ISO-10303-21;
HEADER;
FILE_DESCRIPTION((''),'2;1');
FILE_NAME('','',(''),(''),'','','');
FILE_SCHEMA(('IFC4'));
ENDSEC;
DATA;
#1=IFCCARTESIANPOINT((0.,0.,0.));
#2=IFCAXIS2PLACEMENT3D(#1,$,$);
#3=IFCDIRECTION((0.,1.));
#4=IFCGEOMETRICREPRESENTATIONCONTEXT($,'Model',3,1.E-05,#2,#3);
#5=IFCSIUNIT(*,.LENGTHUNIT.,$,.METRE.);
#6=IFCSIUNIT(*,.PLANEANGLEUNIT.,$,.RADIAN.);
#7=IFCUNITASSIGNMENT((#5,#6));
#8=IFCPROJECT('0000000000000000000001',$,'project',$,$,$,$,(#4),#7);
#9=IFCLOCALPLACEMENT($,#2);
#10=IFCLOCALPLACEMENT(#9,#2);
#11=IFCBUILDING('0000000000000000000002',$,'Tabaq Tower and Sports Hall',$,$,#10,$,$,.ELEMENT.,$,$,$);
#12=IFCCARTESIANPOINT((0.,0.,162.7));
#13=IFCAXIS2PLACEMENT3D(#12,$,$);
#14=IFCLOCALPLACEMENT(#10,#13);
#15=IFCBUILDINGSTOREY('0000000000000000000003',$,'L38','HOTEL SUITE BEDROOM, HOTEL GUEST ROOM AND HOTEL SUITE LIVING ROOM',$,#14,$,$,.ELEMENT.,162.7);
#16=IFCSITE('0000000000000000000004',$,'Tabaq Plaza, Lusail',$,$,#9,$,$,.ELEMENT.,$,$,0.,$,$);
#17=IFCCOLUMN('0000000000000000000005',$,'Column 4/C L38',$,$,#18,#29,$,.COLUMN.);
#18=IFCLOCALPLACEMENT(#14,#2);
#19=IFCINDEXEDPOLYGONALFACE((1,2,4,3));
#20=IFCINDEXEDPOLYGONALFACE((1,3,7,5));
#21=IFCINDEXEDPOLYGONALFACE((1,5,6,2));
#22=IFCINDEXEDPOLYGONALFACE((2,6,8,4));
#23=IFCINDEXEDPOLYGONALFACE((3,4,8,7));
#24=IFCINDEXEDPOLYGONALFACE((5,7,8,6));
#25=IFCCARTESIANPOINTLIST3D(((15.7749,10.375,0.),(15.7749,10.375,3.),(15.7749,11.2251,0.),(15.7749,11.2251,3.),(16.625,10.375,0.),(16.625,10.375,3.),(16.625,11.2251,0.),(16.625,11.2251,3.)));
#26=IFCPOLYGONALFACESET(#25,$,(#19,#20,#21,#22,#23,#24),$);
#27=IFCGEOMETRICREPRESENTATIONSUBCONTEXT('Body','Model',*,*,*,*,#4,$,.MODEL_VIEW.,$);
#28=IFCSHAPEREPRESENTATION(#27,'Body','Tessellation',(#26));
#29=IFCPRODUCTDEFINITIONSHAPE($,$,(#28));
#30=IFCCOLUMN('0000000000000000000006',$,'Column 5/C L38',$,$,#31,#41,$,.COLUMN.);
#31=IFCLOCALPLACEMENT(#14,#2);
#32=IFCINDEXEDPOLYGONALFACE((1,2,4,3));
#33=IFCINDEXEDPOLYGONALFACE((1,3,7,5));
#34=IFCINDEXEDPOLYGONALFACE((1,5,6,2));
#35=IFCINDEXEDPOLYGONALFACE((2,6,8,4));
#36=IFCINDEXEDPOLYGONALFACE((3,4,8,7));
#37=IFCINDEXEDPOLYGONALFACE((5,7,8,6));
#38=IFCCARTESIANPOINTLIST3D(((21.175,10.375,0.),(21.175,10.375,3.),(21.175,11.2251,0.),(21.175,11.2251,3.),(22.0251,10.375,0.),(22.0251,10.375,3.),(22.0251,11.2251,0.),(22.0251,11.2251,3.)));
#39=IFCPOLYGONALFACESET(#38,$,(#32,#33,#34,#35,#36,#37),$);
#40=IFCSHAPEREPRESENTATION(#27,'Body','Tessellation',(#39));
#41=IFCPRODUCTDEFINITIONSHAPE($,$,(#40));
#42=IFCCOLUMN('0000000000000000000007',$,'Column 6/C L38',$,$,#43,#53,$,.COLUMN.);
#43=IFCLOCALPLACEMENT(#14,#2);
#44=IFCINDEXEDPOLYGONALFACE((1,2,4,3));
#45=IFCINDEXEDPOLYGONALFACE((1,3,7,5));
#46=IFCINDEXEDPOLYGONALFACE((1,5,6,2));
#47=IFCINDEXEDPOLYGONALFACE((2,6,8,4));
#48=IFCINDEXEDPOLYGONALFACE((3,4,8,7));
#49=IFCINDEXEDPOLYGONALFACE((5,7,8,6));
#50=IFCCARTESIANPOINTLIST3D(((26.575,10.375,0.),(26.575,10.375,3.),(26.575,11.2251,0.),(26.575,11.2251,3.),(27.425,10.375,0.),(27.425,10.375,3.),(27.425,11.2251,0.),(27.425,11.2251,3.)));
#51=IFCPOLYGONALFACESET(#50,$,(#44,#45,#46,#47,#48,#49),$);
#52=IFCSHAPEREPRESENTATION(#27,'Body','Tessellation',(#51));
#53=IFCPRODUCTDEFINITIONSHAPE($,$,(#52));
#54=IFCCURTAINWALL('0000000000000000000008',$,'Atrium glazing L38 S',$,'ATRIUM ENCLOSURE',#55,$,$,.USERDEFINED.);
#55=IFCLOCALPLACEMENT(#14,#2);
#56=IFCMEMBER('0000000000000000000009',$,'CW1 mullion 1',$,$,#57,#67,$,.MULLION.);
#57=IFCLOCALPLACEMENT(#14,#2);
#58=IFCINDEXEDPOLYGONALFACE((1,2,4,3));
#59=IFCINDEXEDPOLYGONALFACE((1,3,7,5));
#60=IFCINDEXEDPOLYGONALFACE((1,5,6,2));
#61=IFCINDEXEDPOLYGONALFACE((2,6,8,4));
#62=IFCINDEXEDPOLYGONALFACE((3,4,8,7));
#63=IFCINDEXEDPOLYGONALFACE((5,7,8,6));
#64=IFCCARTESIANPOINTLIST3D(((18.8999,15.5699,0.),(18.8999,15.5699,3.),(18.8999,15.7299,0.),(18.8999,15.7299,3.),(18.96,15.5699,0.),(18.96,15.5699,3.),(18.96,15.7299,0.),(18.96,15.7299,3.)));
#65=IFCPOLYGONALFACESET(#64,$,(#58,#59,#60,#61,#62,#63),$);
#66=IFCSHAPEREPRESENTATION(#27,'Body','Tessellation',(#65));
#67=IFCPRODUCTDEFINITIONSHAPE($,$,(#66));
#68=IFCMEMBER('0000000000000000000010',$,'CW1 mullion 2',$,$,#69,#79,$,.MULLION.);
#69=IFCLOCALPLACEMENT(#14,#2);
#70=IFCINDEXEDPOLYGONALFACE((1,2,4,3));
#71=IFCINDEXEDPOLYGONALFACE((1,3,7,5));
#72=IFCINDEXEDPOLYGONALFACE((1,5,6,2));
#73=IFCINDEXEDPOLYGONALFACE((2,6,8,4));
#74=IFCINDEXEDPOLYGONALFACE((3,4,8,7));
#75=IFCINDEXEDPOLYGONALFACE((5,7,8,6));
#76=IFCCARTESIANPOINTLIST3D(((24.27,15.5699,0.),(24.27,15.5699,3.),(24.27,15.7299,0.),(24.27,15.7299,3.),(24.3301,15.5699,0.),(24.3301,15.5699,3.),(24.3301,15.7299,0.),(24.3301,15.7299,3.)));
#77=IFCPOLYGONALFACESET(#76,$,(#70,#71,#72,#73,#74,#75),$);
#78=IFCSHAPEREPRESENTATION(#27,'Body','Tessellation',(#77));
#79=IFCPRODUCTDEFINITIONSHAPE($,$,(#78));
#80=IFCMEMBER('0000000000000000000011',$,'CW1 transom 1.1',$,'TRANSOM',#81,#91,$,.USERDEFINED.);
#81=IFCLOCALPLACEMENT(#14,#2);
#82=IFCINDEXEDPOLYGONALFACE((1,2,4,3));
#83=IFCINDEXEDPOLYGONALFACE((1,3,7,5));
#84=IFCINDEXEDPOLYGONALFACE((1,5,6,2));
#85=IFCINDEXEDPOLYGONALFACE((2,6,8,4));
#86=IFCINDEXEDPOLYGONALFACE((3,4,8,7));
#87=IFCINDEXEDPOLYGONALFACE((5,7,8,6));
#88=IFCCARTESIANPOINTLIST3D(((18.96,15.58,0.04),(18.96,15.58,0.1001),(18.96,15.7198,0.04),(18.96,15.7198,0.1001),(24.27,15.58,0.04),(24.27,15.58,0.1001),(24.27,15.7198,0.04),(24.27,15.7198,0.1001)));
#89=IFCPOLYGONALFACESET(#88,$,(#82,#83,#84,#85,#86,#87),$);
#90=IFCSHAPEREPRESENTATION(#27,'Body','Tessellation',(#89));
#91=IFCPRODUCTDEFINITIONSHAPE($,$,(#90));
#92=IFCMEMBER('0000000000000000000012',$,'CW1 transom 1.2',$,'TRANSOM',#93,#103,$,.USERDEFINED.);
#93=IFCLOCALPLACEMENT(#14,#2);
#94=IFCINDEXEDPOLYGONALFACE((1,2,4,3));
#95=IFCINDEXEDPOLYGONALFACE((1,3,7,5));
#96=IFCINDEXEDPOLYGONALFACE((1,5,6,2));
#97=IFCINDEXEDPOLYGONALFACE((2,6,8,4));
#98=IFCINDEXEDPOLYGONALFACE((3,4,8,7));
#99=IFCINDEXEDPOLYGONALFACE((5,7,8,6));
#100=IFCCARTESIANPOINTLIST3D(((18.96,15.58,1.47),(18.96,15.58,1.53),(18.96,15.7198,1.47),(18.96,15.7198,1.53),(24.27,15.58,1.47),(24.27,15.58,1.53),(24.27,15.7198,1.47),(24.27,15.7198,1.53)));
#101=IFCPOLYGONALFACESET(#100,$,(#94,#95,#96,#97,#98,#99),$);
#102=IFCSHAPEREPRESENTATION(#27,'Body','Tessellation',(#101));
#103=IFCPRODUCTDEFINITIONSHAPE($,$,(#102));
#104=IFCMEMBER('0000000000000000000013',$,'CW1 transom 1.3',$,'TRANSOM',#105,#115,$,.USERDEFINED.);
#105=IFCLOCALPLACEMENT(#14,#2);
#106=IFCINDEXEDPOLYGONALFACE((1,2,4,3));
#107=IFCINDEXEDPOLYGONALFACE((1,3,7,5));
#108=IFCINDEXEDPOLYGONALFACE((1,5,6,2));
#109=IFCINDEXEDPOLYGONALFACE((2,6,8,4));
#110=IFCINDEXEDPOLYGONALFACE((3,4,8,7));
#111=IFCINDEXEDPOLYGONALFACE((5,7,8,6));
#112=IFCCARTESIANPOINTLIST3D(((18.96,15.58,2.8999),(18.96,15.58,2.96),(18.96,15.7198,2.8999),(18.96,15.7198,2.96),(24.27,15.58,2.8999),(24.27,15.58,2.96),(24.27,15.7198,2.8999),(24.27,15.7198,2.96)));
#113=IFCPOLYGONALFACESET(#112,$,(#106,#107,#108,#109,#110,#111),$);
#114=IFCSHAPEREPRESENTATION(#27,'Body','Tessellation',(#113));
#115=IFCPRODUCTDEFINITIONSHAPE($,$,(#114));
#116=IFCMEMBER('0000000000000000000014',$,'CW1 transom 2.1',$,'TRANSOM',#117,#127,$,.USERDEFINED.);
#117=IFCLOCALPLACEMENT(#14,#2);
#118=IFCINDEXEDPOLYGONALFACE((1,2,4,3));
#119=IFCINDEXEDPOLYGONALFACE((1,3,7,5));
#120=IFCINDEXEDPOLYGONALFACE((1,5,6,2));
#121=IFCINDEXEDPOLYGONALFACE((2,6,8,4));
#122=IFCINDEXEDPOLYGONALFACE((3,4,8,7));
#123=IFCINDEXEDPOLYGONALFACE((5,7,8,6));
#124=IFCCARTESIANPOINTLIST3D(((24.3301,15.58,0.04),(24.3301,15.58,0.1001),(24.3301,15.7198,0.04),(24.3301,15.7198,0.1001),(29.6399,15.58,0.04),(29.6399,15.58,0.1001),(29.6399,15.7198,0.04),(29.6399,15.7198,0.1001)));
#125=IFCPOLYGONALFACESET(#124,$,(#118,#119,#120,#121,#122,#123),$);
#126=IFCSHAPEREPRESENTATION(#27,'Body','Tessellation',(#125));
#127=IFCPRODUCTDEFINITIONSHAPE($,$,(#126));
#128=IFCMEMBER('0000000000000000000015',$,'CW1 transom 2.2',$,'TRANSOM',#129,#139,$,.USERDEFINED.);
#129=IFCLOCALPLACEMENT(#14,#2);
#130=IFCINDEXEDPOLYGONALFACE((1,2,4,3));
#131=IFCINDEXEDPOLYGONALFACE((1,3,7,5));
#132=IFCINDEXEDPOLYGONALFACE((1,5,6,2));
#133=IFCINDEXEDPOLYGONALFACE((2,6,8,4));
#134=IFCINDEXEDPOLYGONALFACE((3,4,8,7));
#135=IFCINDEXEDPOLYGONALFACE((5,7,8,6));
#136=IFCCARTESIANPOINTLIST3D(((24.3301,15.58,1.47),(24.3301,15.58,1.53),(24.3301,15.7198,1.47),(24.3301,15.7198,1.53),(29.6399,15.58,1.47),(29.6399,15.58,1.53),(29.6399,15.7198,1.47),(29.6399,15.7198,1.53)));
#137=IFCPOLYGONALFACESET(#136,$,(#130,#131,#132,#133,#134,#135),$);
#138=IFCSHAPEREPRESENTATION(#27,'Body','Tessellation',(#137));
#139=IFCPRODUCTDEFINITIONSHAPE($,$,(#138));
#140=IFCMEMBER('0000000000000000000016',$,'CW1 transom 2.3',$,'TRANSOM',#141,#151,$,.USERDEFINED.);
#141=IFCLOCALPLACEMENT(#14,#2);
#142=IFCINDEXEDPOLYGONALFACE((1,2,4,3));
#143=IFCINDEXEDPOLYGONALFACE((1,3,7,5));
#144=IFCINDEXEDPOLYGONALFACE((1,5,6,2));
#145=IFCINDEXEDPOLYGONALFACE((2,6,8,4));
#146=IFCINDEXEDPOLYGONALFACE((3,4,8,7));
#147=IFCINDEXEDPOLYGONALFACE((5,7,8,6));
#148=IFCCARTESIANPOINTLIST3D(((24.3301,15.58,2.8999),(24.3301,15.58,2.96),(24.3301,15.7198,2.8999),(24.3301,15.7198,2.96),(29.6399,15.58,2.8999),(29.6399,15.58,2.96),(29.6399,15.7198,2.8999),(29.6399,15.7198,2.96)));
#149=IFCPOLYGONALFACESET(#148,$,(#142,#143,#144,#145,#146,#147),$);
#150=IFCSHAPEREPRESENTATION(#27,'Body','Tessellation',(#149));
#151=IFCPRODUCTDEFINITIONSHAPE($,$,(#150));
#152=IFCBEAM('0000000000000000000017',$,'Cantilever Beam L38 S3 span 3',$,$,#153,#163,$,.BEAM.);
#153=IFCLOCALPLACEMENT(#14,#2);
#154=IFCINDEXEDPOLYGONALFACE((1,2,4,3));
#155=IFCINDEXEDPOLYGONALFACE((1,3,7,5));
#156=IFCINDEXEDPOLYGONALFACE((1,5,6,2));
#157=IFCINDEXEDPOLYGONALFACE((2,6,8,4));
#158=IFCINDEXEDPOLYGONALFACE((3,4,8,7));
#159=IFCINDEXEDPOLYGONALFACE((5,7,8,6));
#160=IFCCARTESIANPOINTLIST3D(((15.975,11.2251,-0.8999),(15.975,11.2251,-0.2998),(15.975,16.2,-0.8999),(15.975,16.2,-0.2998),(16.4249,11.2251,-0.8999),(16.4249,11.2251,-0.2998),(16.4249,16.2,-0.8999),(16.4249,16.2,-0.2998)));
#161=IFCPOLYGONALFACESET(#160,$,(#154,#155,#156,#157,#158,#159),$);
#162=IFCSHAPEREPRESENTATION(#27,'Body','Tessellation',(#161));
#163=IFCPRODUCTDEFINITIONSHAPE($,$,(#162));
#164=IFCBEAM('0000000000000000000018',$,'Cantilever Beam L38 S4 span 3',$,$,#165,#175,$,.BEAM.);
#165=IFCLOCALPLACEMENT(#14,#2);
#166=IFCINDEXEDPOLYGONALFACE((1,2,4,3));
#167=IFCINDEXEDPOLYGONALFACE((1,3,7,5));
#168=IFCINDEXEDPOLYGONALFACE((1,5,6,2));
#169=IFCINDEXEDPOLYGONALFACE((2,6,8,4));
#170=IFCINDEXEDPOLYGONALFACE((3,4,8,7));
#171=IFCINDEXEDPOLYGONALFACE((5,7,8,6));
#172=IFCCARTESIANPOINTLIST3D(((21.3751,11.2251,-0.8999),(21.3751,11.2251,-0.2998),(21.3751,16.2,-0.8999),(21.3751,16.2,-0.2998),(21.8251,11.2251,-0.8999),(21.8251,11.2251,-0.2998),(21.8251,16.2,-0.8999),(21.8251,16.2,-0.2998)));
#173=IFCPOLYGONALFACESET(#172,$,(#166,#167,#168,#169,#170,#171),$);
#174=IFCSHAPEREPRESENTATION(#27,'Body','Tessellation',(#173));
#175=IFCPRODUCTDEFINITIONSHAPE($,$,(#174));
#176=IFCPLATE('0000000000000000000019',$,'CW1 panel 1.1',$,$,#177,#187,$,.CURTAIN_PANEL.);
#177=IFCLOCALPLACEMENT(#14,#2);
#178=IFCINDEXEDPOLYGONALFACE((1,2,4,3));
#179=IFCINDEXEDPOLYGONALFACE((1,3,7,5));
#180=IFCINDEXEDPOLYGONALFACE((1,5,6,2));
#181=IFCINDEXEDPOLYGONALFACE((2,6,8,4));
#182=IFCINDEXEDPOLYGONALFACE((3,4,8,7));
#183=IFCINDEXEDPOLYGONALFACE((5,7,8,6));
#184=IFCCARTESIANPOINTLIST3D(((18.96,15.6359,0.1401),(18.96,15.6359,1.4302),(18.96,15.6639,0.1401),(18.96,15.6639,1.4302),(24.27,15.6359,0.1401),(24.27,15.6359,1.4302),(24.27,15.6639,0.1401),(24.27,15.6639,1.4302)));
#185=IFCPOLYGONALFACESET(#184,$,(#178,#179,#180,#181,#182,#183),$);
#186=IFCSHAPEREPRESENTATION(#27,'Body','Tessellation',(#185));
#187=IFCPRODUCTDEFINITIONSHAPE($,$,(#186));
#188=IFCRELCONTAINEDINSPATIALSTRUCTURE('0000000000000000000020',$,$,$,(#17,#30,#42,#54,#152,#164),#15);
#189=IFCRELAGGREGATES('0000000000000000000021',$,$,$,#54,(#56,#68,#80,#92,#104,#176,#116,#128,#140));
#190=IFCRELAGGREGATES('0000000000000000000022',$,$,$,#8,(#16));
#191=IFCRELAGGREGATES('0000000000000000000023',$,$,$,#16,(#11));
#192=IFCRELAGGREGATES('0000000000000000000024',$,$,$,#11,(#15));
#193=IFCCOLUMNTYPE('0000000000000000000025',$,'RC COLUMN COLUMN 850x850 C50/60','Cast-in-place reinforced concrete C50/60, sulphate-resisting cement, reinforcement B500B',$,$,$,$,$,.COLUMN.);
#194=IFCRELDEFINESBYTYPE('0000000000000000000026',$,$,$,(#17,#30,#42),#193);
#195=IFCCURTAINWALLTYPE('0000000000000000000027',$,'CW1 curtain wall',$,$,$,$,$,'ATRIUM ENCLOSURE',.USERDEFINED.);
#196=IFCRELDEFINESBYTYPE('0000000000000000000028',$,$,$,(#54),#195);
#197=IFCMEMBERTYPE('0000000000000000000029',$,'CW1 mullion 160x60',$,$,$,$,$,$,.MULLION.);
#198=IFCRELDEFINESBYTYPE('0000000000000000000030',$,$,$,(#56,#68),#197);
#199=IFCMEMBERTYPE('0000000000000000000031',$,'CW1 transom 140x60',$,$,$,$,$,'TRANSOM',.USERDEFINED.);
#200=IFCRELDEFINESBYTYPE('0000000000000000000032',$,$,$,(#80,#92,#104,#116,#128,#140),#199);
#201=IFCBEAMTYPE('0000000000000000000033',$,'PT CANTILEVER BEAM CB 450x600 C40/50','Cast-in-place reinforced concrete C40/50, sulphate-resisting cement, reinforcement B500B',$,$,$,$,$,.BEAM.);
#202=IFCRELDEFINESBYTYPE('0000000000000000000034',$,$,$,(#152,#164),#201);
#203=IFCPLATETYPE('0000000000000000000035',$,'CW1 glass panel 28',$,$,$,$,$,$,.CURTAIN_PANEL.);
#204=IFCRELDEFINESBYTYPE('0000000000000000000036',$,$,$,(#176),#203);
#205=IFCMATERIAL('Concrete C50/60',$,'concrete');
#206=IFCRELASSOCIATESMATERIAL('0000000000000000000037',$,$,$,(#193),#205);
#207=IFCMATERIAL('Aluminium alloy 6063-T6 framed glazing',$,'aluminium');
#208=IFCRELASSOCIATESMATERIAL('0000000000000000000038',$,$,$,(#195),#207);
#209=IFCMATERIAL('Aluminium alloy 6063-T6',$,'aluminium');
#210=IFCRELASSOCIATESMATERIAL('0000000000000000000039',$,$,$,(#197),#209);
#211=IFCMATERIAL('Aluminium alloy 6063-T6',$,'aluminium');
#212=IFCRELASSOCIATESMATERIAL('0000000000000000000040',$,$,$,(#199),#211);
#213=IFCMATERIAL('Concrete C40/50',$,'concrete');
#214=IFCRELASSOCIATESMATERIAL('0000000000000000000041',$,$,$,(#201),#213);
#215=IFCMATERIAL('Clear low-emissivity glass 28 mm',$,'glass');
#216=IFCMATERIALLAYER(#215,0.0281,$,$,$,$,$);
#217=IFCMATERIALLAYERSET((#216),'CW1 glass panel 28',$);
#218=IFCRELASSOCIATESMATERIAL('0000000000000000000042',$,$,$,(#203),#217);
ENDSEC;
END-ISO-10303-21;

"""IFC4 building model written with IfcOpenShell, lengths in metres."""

from ifc_helpers import new_model, si_unit, direction, frame, origin, origin_2d, place, context, subcontext, project, spatial, rectangle, extrude, material, layer, layer_set, material_profile, profile_set, type_object, element, aggregate, save


model = new_model("IFC4")

# Units and contexts
model_context = context("Model", 3, precision=1e-05, world=origin(), true_north=direction((0.0, 1.0)))
body_context = subcontext(model_context, "Body", "Model", "MODEL_VIEW")
ifc_project = project(units=[si_unit("LENGTHUNIT", "METRE"), si_unit("PLANEANGLEUNIT", "RADIAN")], contexts=[model_context])

# Site, building, storey
site_placement = place(None, origin())
site = spatial("IfcSite", under=ifc_project, at=site_placement, Name="Tabaq Plaza, Lusail", CompositionType="ELEMENT", RefElevation=0.0)
building_placement = place(site_placement, origin())
building = spatial("IfcBuilding", under=site, at=building_placement, Name="Tabaq Tower and Sports Hall", CompositionType="ELEMENT")
storey_placement = place(building_placement, frame((0.0, 0.0, 162.7)))
storey = spatial("IfcBuildingStorey", under=building, at=storey_placement, Name="L38", Description="HOTEL SUITE BEDROOM, HOTEL GUEST ROOM AND HOTEL SUITE LIVING ROOM", CompositionType="ELEMENT", Elevation=162.7)

# Columns
ifc_material_1 = material(Name="Concrete C50/60", Category="concrete")
ifc_material_profile_1 = material_profile(ifc_material_1, rectangle(XDim=0.8501, YDim=0.8501, at=origin_2d()), Name="COLUMN 850x850")
ifc_profile_set_1 = profile_set([ifc_material_profile_1], Name="Concrete C50/60")
column_type = type_object("IfcColumnType", Name="RC COLUMN COLUMN 850x850 C50/60", Description="Cast-in-place reinforced concrete C50/60, sulphate-resisting cement, reinforcement B500B", PredefinedType="COLUMN", material=ifc_profile_set_1)
for number, where, z_axis, x_axis, name in (
    (1, (16.2, 10.8, 0.0), (0.0, 0.0, 1.0), (1.0, 0.0, 0.0), "Column 4/C L38"),
    (2, (21.6001, 10.8, 0.0), (0.0, 0.0, 1.0), (1.0, 0.0, 0.0), "Column 5/C L38"),
    (3, (27.0, 10.8, 0.0), (0.0, 0.0, 1.0), (1.0, 0.0, 0.0), "Column 6/C L38"),
):
    element("IfcColumn", number, at=place(storey_placement, frame(where, z_axis=z_axis, x_axis=x_axis)), inside=storey, type_object=column_type, Name=name, PredefinedType="COLUMN", context=body_context, shape_type="SweptSolid", body=[
        extrude(rectangle(XDim=0.8501, YDim=0.8501, at=origin_2d()), origin(), (0.0, 0.0, 1.0), 3.0),
    ])

# Curtain wall, members
ifc_material_2 = material(Name="Aluminium alloy 6063-T6 framed glazing", Category="aluminium")
curtain_wall_type = type_object("IfcCurtainWallType", Name="CW1 curtain wall", ElementType="ATRIUM ENCLOSURE", PredefinedType="USERDEFINED", material=ifc_material_2)
curtain_wall_placement = place(storey_placement, origin())
curtain_wall = element("IfcCurtainWall", 4, at=curtain_wall_placement, inside=storey, type_object=curtain_wall_type, Name="Atrium glazing L38 S", ObjectType="ATRIUM ENCLOSURE", PredefinedType="USERDEFINED")
ifc_material_3 = material(Name="Aluminium alloy 6063-T6", Category="aluminium")
ifc_material_profile_2 = material_profile(ifc_material_3, rectangle(XDim=0.1599, YDim=0.0601, at=origin_2d()), Name="MULLION 160x60")
ifc_profile_set_2 = profile_set([ifc_material_profile_2], Name="Aluminium alloy 6063-T6")
member_type_1 = type_object("IfcMemberType", Name="CW1 mullion 160x60", PredefinedType="MULLION", material=ifc_profile_set_2)
member_1_placement = place(storey_placement, frame((18.9299, 15.6499, 0.0), z_axis=(0.0, 0.0, 1.0), x_axis=(0.0, 1.0, 0.0)))
member_1 = element("IfcMember", 5, at=member_1_placement, type_object=member_type_1, Name="CW1 mullion 1", PredefinedType="MULLION", context=body_context, shape_type="SweptSolid", body=[
    extrude(rectangle(XDim=0.1599, YDim=0.0601, at=origin_2d()), origin(), (0.0, 0.0, 1.0), 3.0),
])
member_2_placement = place(storey_placement, frame((24.3, 15.6499, 0.0), z_axis=(0.0, 0.0, 1.0), x_axis=(0.0, 1.0, 0.0)))
member_2 = element("IfcMember", 6, at=member_2_placement, type_object=member_type_1, Name="CW1 mullion 2", PredefinedType="MULLION", context=body_context, shape_type="SweptSolid", body=[
    extrude(rectangle(XDim=0.1599, YDim=0.0601, at=origin_2d()), origin(), (0.0, 0.0, 1.0), 3.0),
])
ifc_material_4 = material(Name="Aluminium alloy 6063-T6", Category="aluminium")
ifc_material_profile_3 = material_profile(ifc_material_4, rectangle(XDim=0.1399, YDim=0.0601, at=origin_2d()), Name="TRANSOM 140x60")
ifc_profile_set_3 = profile_set([ifc_material_profile_3], Name="Aluminium alloy 6063-T6")
member_type_2 = type_object("IfcMemberType", Name="CW1 transom 140x60", ElementType="TRANSOM", PredefinedType="USERDEFINED", material=ifc_profile_set_3)
member_3_placement = place(storey_placement, frame((18.96, 15.6499, 0.0701), z_axis=(1.0, 0.0, 0.0), x_axis=(0.0, 1.0, 0.0)))
member_3 = element("IfcMember", 7, at=member_3_placement, type_object=member_type_2, Name="CW1 transom 1.1", ObjectType="TRANSOM", PredefinedType="USERDEFINED", context=body_context, shape_type="SweptSolid", body=[
    extrude(rectangle(XDim=0.1399, YDim=0.0601, at=origin_2d()), origin(), (0.0, 0.0, 1.0), 5.3101),
])
member_4_placement = place(storey_placement, frame((18.96, 15.6499, 1.5), z_axis=(1.0, 0.0, 0.0), x_axis=(0.0, 1.0, 0.0)))
member_4 = element("IfcMember", 8, at=member_4_placement, type_object=member_type_2, Name="CW1 transom 1.2", ObjectType="TRANSOM", PredefinedType="USERDEFINED", context=body_context, shape_type="SweptSolid", body=[
    extrude(rectangle(XDim=0.1399, YDim=0.0601, at=origin_2d()), origin(), (0.0, 0.0, 1.0), 5.3101),
])
member_5_placement = place(storey_placement, frame((18.96, 15.6499, 2.9299), z_axis=(1.0, 0.0, 0.0), x_axis=(0.0, 1.0, 0.0)))
member_5 = element("IfcMember", 9, at=member_5_placement, type_object=member_type_2, Name="CW1 transom 1.3", ObjectType="TRANSOM", PredefinedType="USERDEFINED", context=body_context, shape_type="SweptSolid", body=[
    extrude(rectangle(XDim=0.1399, YDim=0.0601, at=origin_2d()), origin(), (0.0, 0.0, 1.0), 5.3101),
])
member_6_placement = place(storey_placement, frame((24.3301, 15.6499, 0.0701), z_axis=(1.0, 0.0, 0.0), x_axis=(0.0, 1.0, 0.0)))
member_6 = element("IfcMember", 10, at=member_6_placement, type_object=member_type_2, Name="CW1 transom 2.1", ObjectType="TRANSOM", PredefinedType="USERDEFINED", context=body_context, shape_type="SweptSolid", body=[
    extrude(rectangle(XDim=0.1399, YDim=0.0601, at=origin_2d()), origin(), (0.0, 0.0, 1.0), 5.3098),
])
member_7_placement = place(storey_placement, frame((24.3301, 15.6499, 1.5), z_axis=(1.0, 0.0, 0.0), x_axis=(0.0, 1.0, 0.0)))
member_7 = element("IfcMember", 11, at=member_7_placement, type_object=member_type_2, Name="CW1 transom 2.2", ObjectType="TRANSOM", PredefinedType="USERDEFINED", context=body_context, shape_type="SweptSolid", body=[
    extrude(rectangle(XDim=0.1399, YDim=0.0601, at=origin_2d()), origin(), (0.0, 0.0, 1.0), 5.3098),
])
member_8_placement = place(storey_placement, frame((24.3301, 15.6499, 2.9299), z_axis=(1.0, 0.0, 0.0), x_axis=(0.0, 1.0, 0.0)))
member_8 = element("IfcMember", 12, at=member_8_placement, type_object=member_type_2, Name="CW1 transom 2.3", ObjectType="TRANSOM", PredefinedType="USERDEFINED", context=body_context, shape_type="SweptSolid", body=[
    extrude(rectangle(XDim=0.1399, YDim=0.0601, at=origin_2d()), origin(), (0.0, 0.0, 1.0), 5.3098),
])

# Beams
ifc_material_5 = material(Name="Concrete C40/50", Category="concrete")
ifc_material_profile_4 = material_profile(ifc_material_5, rectangle(XDim=0.45, YDim=0.6001, at=origin_2d()), Name="CB 450x600")
ifc_profile_set_4 = profile_set([ifc_material_profile_4], Name="Concrete C40/50")
beam_type = type_object("IfcBeamType", Name="PT CANTILEVER BEAM CB 450x600 C40/50", Description="Cast-in-place reinforced concrete C40/50, sulphate-resisting cement, reinforcement B500B", PredefinedType="BEAM", material=ifc_profile_set_4)
for number, where, z_axis, x_axis, name in (
    (13, (16.2, 11.2251, -0.5999), (0.0, 1.0, 0.0), (-1.0, 0.0, 0.0), "Cantilever Beam L38 S3 span 3"),
    (14, (21.6001, 11.2251, -0.5999), (0.0, 1.0, 0.0), (-1.0, 0.0, 0.0), "Cantilever Beam L38 S4 span 3"),
):
    element("IfcBeam", number, at=place(storey_placement, frame(where, z_axis=z_axis, x_axis=x_axis)), inside=storey, type_object=beam_type, Name=name, PredefinedType="BEAM", context=body_context, shape_type="SweptSolid", body=[
        extrude(rectangle(XDim=0.45, YDim=0.6001, at=origin_2d()), origin(), (0.0, 0.0, 1.0), 4.9749),
    ])

# Plate
ifc_material_6 = material(Name="Clear low-emissivity glass 28 mm", Category="glass")
ifc_layer_1 = layer(ifc_material_6, 0.0281)
ifc_layer_set_1 = layer_set([ifc_layer_1], Name="CW1 glass panel 28")
plate_type = type_object("IfcPlateType", Name="CW1 glass panel 28", PredefinedType="CURTAIN_PANEL", material=ifc_layer_set_1)
plate_1_placement = place(storey_placement, frame((21.615, 15.6499, 0.1401), z_axis=(0.0, 0.0, 1.0), x_axis=(1.0, 0.0, 0.0)))
plate_1 = element("IfcPlate", 15, at=plate_1_placement, type_object=plate_type, Name="CW1 panel 1.1", PredefinedType="CURTAIN_PANEL", context=body_context, shape_type="SweptSolid", body=[
    extrude(rectangle(XDim=5.3101, YDim=0.0281, at=origin_2d()), origin(), (0.0, 0.0, 1.0), 1.29),
])
aggregate(curtain_wall, [member_1, member_2, member_3, member_4, member_5, plate_1, member_6, member_7, member_8])

save(model, "model.ifc")
